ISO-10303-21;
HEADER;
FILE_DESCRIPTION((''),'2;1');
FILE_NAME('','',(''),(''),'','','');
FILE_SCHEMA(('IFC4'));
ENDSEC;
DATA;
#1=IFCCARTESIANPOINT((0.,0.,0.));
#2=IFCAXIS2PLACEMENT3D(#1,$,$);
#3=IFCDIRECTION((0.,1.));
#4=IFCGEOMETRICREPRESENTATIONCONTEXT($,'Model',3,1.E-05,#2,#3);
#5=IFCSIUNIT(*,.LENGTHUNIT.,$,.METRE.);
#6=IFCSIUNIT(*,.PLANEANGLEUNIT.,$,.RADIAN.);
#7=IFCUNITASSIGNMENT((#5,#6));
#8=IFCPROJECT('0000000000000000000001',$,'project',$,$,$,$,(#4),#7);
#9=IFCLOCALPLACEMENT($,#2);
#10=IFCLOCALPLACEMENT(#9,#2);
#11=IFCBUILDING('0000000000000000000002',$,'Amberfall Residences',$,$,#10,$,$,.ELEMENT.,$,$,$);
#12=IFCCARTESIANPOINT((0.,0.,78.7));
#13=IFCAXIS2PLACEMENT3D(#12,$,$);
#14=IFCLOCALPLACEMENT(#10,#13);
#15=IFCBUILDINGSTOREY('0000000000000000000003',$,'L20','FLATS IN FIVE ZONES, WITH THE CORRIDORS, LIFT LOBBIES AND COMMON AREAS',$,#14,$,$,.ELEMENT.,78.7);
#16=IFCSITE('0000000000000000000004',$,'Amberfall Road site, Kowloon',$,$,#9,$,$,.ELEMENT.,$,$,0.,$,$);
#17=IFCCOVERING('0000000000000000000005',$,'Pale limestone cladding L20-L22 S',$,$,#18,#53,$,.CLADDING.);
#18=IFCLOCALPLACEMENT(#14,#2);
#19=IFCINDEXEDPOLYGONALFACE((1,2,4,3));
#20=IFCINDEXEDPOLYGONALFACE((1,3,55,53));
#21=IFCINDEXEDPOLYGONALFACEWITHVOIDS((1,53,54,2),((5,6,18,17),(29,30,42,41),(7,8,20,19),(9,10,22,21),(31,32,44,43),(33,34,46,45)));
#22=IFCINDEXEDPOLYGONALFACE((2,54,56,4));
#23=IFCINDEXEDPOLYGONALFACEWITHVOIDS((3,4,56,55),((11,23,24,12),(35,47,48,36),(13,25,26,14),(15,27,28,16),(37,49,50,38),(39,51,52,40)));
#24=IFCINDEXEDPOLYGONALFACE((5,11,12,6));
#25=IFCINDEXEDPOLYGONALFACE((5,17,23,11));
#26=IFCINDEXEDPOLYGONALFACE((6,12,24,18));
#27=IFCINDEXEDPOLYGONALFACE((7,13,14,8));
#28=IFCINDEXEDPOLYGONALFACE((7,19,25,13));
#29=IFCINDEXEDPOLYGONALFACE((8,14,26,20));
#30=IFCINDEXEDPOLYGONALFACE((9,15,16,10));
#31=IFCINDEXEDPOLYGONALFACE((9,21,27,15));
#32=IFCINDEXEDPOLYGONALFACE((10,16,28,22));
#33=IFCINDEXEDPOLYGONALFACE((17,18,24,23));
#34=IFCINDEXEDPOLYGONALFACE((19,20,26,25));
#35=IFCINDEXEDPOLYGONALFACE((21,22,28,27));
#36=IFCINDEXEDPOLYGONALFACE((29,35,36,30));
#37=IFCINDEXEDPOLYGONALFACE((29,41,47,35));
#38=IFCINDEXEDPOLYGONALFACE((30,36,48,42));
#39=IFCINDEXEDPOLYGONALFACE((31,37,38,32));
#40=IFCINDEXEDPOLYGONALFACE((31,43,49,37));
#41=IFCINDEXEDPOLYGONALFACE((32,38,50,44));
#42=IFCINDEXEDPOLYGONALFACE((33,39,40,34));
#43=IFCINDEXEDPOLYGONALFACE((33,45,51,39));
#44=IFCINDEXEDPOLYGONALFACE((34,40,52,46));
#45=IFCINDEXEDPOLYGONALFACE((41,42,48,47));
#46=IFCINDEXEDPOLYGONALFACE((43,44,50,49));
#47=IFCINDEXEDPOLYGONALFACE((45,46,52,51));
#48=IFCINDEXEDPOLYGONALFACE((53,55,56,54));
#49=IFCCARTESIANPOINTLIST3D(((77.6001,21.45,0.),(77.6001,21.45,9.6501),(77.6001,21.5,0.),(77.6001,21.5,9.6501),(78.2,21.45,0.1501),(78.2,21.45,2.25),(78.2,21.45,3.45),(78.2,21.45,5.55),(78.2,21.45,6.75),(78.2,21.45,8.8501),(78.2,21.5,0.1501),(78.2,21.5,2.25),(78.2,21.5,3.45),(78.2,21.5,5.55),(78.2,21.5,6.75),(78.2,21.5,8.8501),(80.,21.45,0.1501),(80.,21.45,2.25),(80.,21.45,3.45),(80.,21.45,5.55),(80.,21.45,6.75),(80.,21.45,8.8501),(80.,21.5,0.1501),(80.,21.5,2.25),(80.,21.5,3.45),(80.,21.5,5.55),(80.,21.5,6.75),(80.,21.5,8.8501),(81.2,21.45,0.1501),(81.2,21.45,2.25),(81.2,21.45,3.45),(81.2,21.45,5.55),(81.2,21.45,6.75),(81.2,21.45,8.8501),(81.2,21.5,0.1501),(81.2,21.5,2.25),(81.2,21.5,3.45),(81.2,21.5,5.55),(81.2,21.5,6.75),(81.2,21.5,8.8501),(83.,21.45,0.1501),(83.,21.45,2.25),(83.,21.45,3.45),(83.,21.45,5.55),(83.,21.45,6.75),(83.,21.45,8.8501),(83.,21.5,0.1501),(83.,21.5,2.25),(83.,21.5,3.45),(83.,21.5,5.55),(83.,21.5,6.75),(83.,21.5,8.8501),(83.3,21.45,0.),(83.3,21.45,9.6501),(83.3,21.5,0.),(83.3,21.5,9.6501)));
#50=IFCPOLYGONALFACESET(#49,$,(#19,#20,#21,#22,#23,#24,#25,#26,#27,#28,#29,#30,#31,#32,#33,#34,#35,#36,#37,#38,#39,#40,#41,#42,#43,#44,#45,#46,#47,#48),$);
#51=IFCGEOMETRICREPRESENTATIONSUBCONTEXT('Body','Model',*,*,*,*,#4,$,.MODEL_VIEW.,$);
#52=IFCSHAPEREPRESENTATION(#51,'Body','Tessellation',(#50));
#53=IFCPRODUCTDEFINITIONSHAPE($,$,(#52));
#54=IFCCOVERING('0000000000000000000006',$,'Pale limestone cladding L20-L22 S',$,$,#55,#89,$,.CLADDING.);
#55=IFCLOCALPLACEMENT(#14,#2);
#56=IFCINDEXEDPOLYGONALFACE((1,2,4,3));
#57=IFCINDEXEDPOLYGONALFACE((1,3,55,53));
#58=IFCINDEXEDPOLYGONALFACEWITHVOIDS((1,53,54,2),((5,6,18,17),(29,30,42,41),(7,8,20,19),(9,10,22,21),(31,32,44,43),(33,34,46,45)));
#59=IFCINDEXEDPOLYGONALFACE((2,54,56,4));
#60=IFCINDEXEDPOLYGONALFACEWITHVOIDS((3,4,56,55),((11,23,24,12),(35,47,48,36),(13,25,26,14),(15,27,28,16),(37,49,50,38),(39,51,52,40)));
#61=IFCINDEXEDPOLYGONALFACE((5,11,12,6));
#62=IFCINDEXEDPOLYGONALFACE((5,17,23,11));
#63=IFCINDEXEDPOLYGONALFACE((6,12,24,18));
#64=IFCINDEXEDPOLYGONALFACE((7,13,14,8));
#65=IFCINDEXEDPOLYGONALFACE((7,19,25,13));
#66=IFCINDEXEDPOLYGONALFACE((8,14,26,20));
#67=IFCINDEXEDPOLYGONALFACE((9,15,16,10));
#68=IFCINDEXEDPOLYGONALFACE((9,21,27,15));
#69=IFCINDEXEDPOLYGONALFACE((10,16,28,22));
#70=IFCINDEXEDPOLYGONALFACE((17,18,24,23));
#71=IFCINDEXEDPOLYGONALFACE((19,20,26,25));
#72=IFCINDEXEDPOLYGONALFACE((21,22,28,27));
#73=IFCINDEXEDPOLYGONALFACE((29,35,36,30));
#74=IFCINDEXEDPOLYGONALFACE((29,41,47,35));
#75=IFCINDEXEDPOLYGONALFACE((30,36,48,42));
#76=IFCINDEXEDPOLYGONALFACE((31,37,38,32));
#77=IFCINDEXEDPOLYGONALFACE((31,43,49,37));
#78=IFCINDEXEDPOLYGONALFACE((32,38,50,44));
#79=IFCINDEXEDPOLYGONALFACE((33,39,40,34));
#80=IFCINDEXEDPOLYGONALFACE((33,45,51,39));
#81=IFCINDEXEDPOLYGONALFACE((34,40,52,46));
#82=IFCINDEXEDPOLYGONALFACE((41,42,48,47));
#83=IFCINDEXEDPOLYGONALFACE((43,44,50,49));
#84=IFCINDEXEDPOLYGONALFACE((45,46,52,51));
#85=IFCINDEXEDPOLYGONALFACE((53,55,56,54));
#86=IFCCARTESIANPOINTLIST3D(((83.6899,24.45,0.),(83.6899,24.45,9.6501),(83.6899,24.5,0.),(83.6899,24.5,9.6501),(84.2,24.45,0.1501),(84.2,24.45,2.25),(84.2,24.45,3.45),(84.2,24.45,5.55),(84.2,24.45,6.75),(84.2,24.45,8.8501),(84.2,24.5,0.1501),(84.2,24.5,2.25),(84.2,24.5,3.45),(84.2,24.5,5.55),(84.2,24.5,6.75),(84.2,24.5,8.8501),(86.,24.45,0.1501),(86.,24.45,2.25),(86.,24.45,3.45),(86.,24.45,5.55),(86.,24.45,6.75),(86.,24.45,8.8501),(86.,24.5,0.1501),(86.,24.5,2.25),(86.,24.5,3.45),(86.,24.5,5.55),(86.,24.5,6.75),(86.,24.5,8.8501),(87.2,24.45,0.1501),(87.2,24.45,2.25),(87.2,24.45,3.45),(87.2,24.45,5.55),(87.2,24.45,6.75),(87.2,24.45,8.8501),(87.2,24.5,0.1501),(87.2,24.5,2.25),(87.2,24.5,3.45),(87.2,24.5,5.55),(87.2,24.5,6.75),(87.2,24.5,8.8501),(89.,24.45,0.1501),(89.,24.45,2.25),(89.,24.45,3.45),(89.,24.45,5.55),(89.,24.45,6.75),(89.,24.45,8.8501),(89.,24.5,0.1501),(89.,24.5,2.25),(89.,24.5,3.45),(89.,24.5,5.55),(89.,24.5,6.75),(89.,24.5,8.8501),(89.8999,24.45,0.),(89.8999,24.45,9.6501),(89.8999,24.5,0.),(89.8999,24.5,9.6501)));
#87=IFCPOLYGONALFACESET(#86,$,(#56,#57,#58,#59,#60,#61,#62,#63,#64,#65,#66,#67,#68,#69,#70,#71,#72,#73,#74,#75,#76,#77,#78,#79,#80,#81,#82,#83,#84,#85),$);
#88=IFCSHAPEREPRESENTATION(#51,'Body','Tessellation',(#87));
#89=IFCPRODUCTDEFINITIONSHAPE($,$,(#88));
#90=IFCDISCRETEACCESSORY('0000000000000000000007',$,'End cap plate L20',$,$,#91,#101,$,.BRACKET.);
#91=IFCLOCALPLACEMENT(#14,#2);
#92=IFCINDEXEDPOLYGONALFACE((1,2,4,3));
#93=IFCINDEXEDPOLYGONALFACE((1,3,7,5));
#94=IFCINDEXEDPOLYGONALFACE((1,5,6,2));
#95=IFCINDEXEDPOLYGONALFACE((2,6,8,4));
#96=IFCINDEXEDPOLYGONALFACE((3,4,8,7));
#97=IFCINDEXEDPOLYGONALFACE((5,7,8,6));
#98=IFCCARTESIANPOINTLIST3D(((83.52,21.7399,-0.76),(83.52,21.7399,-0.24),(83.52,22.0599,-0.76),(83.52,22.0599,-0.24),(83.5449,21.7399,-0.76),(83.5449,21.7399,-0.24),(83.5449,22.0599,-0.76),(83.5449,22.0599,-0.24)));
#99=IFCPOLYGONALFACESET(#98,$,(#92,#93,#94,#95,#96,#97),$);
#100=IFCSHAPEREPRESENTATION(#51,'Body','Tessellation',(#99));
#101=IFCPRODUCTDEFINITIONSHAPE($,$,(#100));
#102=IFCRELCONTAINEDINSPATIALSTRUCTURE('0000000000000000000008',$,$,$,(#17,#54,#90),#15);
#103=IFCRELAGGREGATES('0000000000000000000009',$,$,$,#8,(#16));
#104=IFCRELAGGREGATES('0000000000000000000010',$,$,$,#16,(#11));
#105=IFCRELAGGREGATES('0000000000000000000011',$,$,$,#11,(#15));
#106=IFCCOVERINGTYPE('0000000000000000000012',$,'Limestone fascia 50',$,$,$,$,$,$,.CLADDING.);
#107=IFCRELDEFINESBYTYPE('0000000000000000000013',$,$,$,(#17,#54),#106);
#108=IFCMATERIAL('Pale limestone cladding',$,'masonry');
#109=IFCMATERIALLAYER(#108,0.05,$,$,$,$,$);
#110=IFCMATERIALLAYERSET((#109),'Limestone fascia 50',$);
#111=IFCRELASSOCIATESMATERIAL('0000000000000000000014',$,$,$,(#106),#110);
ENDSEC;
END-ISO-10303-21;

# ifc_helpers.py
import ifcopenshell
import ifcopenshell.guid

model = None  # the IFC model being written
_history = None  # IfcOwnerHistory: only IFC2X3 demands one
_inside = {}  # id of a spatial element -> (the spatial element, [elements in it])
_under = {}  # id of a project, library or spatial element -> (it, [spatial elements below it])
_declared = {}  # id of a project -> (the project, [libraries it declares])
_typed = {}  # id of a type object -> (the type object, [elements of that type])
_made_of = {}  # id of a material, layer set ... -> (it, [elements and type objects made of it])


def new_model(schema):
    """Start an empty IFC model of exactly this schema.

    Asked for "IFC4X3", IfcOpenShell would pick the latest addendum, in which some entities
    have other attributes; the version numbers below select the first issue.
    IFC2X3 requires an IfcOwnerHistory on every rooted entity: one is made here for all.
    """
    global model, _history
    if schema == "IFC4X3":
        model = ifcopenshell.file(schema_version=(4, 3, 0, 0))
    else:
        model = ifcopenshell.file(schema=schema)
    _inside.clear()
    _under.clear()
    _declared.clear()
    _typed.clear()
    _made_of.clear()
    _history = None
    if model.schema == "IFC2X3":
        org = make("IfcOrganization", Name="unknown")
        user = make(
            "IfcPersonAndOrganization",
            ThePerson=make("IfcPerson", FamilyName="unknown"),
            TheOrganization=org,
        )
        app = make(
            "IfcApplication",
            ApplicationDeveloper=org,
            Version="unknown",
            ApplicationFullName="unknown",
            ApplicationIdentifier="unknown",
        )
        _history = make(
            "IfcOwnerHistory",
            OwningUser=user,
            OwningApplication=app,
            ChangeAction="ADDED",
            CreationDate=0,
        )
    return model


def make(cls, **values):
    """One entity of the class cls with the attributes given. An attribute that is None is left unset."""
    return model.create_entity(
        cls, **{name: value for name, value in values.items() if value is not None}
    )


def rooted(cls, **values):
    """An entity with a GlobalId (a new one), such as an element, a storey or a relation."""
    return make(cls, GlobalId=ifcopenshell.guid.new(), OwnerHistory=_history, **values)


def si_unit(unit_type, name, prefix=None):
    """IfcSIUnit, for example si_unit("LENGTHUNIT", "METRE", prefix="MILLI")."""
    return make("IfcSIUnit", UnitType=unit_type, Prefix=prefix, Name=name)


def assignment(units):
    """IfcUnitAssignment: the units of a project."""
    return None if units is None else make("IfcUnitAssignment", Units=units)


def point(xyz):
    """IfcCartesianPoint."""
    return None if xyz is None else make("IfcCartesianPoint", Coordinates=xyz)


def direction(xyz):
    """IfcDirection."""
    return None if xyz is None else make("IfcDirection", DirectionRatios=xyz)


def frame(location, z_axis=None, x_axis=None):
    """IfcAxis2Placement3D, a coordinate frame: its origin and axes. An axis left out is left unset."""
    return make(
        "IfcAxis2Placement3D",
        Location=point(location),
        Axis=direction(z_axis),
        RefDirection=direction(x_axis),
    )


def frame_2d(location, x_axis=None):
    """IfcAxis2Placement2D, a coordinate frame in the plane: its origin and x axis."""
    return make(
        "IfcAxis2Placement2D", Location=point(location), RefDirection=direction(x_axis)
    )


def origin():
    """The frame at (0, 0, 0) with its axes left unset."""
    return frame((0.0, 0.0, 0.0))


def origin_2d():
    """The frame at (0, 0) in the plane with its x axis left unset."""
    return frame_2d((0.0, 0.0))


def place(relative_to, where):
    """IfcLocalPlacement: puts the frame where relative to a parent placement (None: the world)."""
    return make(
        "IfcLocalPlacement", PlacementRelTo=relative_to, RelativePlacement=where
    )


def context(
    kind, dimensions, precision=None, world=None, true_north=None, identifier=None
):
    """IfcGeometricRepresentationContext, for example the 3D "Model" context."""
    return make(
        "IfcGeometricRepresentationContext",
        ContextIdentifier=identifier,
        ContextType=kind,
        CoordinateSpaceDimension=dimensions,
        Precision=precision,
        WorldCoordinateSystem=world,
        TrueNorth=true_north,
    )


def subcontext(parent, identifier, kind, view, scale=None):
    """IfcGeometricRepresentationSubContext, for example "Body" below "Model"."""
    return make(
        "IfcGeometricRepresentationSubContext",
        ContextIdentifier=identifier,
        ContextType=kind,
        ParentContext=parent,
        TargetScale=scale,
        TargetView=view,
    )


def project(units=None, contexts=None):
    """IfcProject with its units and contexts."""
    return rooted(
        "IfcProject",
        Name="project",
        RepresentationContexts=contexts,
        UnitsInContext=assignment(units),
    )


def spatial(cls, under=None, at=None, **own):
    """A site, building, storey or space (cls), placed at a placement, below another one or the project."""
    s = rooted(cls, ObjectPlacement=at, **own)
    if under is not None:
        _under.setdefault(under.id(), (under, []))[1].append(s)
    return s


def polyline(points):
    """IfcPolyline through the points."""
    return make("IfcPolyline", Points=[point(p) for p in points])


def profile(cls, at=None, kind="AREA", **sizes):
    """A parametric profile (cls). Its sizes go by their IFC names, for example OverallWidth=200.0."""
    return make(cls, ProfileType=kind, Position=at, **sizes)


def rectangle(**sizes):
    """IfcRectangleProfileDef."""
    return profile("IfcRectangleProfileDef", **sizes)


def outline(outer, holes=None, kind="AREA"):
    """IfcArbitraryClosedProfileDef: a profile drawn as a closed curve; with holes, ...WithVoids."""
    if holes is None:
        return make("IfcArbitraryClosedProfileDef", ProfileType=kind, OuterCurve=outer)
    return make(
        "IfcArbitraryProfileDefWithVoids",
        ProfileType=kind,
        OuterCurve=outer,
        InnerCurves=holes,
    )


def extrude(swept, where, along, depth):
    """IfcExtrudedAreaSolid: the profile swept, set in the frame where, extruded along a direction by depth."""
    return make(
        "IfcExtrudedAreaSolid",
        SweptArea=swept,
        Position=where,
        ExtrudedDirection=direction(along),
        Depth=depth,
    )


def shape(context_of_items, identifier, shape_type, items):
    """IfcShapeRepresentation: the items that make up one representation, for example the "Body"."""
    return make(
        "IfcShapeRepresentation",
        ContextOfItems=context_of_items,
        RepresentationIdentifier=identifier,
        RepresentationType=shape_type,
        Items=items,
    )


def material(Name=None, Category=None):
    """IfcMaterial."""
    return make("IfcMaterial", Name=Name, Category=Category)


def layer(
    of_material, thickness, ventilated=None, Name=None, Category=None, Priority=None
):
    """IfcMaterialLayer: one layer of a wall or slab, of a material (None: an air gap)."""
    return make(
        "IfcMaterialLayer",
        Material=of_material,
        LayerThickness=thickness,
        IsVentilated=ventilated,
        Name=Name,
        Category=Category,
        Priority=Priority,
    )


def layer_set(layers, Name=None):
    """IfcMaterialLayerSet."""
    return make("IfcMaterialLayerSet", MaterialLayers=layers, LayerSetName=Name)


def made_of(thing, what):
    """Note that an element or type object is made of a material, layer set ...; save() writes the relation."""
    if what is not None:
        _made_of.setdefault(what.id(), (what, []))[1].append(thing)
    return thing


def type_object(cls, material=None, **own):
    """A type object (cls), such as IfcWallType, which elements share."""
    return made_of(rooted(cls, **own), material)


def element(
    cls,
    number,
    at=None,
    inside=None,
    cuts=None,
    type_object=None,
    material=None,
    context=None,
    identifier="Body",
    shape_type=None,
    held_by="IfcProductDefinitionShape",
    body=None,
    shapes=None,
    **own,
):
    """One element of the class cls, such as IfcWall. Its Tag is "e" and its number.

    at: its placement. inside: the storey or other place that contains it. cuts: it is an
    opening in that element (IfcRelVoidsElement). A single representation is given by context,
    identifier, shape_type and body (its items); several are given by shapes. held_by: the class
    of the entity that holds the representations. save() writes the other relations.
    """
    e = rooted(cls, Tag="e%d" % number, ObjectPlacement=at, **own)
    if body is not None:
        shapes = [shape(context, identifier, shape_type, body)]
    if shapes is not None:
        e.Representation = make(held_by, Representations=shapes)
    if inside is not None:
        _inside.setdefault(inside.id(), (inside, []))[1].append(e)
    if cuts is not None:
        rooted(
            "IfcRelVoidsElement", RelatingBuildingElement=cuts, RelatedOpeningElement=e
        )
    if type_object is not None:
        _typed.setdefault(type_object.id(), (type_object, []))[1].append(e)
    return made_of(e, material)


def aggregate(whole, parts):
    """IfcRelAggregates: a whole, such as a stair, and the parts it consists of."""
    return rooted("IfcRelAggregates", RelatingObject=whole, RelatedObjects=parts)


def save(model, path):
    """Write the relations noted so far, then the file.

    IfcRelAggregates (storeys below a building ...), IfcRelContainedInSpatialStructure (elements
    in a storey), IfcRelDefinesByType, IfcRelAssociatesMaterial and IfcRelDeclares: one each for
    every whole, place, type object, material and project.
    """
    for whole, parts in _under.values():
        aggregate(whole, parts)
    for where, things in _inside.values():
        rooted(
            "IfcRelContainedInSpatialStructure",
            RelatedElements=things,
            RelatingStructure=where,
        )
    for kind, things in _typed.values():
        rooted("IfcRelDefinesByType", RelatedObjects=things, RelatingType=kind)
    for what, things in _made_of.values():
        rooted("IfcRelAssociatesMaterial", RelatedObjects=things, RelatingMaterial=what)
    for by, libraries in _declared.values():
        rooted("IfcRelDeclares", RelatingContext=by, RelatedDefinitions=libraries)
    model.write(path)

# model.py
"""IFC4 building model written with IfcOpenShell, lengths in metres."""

from ifc_helpers import new_model, si_unit, direction, frame, origin, origin_2d, place, context, subcontext, project, spatial, polyline, rectangle, outline, extrude, material, layer, layer_set, type_object, element, save


model = new_model("IFC4")

# Units and contexts
model_context = context("Model", 3, precision=1e-05, world=origin(), true_north=direction((0.0, 1.0)))
body_context = subcontext(model_context, "Body", "Model", "MODEL_VIEW")
ifc_project = project(units=[si_unit("LENGTHUNIT", "METRE"), si_unit("PLANEANGLEUNIT", "RADIAN")], contexts=[model_context])

# Site, building, storey
site_placement = place(None, origin())
site = spatial("IfcSite", under=ifc_project, at=site_placement, Name="Amberfall Road site, Kowloon", CompositionType="ELEMENT", RefElevation=0.0)
building_placement = place(site_placement, origin())
building = spatial("IfcBuilding", under=site, at=building_placement, Name="Amberfall Residences", CompositionType="ELEMENT")
storey_placement = place(building_placement, frame((0.0, 0.0, 78.7)))
storey = spatial("IfcBuildingStorey", under=building, at=storey_placement, Name="L20", Description="FLATS IN FIVE ZONES, WITH THE CORRIDORS, LIFT LOBBIES AND COMMON AREAS", CompositionType="ELEMENT", Elevation=78.7)

# Coverings
ifc_material_1 = material(Name="Pale limestone cladding", Category="masonry")
ifc_layer_1 = layer(ifc_material_1, 0.05)
ifc_layer_set_1 = layer_set([ifc_layer_1], Name="Limestone fascia 50")
covering_type = type_object("IfcCoveringType", Name="Limestone fascia 50", PredefinedType="CLADDING", material=ifc_layer_set_1)
covering_1_placement = place(storey_placement, frame((77.6001, 21.5, 9.6501), z_axis=(0.0, 1.0, 0.0), x_axis=(1.0, 0.0, 0.0)))
element("IfcCovering", 1, at=covering_1_placement, inside=storey, type_object=covering_type, Name="Pale limestone cladding L20-L22 S", PredefinedType="CLADDING", context=body_context, shape_type="SweptSolid", body=[
    extrude(outline(polyline([(0.0, 0.0), (5.7, 0.0), (5.7, 9.6501), (0.0, 9.6501), (0.0, 0.0)]), holes=[polyline([(0.5999, 7.4001), (2.3999, 7.4001), (2.3999, 9.5), (0.5999, 9.5), (0.5999, 7.4001)]), polyline([(3.5999, 7.4001), (5.3999, 7.4001), (5.3999, 9.5), (3.5999, 9.5), (3.5999, 7.4001)]), polyline([(0.5999, 4.1001), (2.3999, 4.1001), (2.3999, 6.2002), (0.5999, 6.2002), (0.5999, 4.1001)]), polyline([(3.5999, 4.1001), (5.3999, 4.1001), (5.3999, 6.2002), (3.5999, 6.2002), (3.5999, 4.1001)]), polyline([(0.5999, 0.8), (2.3999, 0.8), (2.3999, 2.9001), (0.5999, 2.9001), (0.5999, 0.8)]), polyline([(3.5999, 0.8), (5.3999, 0.8), (5.3999, 2.9001), (3.5999, 2.9001), (3.5999, 0.8)])]), origin(), (0.0, 0.0, -1.0), 0.05),
])
covering_2_placement = place(storey_placement, frame((83.6899, 24.5, 9.6501), z_axis=(0.0, 1.0, 0.0), x_axis=(1.0, 0.0, 0.0)))
element("IfcCovering", 2, at=covering_2_placement, inside=storey, type_object=covering_type, Name="Pale limestone cladding L20-L22 S", PredefinedType="CLADDING", context=body_context, shape_type="SweptSolid", body=[
    extrude(outline(polyline([(0.0, 0.0), (6.21, 0.0), (6.21, 9.6501), (0.0, 9.6501), (0.0, 0.0)]), holes=[polyline([(0.51, 7.4001), (2.3101, 7.4001), (2.3101, 9.5), (0.51, 9.5), (0.51, 7.4001)]), polyline([(3.51, 7.4001), (5.3101, 7.4001), (5.3101, 9.5), (3.51, 9.5), (3.51, 7.4001)]), polyline([(0.51, 4.1001), (2.3101, 4.1001), (2.3101, 6.2002), (0.51, 6.2002), (0.51, 4.1001)]), polyline([(3.51, 4.1001), (5.3101, 4.1001), (5.3101, 6.2002), (3.51, 6.2002), (3.51, 4.1001)]), polyline([(0.51, 0.8), (2.3101, 0.8), (2.3101, 2.9001), (0.51, 2.9001), (0.51, 0.8)]), polyline([(3.51, 0.8), (5.3101, 0.8), (5.3101, 2.9001), (3.51, 2.9001), (3.51, 0.8)])]), origin(), (0.0, 0.0, -1.0), 0.05),
])

# Discrete accessory
discrete_accessory_placement = place(storey_placement, frame((83.5325, 21.8999, -0.76), z_axis=(0.0, 0.0, 1.0), x_axis=(1.0, 0.0, 0.0)))
element("IfcDiscreteAccessory", 3, at=discrete_accessory_placement, inside=storey, Name="End cap plate L20", PredefinedType="BRACKET", context=body_context, shape_type="SweptSolid", body=[
    extrude(rectangle(XDim=0.0249, YDim=0.3201, at=origin_2d()), origin(), (0.0, 0.0, 1.0), 0.52),
])

save(model, "model.ifc")
